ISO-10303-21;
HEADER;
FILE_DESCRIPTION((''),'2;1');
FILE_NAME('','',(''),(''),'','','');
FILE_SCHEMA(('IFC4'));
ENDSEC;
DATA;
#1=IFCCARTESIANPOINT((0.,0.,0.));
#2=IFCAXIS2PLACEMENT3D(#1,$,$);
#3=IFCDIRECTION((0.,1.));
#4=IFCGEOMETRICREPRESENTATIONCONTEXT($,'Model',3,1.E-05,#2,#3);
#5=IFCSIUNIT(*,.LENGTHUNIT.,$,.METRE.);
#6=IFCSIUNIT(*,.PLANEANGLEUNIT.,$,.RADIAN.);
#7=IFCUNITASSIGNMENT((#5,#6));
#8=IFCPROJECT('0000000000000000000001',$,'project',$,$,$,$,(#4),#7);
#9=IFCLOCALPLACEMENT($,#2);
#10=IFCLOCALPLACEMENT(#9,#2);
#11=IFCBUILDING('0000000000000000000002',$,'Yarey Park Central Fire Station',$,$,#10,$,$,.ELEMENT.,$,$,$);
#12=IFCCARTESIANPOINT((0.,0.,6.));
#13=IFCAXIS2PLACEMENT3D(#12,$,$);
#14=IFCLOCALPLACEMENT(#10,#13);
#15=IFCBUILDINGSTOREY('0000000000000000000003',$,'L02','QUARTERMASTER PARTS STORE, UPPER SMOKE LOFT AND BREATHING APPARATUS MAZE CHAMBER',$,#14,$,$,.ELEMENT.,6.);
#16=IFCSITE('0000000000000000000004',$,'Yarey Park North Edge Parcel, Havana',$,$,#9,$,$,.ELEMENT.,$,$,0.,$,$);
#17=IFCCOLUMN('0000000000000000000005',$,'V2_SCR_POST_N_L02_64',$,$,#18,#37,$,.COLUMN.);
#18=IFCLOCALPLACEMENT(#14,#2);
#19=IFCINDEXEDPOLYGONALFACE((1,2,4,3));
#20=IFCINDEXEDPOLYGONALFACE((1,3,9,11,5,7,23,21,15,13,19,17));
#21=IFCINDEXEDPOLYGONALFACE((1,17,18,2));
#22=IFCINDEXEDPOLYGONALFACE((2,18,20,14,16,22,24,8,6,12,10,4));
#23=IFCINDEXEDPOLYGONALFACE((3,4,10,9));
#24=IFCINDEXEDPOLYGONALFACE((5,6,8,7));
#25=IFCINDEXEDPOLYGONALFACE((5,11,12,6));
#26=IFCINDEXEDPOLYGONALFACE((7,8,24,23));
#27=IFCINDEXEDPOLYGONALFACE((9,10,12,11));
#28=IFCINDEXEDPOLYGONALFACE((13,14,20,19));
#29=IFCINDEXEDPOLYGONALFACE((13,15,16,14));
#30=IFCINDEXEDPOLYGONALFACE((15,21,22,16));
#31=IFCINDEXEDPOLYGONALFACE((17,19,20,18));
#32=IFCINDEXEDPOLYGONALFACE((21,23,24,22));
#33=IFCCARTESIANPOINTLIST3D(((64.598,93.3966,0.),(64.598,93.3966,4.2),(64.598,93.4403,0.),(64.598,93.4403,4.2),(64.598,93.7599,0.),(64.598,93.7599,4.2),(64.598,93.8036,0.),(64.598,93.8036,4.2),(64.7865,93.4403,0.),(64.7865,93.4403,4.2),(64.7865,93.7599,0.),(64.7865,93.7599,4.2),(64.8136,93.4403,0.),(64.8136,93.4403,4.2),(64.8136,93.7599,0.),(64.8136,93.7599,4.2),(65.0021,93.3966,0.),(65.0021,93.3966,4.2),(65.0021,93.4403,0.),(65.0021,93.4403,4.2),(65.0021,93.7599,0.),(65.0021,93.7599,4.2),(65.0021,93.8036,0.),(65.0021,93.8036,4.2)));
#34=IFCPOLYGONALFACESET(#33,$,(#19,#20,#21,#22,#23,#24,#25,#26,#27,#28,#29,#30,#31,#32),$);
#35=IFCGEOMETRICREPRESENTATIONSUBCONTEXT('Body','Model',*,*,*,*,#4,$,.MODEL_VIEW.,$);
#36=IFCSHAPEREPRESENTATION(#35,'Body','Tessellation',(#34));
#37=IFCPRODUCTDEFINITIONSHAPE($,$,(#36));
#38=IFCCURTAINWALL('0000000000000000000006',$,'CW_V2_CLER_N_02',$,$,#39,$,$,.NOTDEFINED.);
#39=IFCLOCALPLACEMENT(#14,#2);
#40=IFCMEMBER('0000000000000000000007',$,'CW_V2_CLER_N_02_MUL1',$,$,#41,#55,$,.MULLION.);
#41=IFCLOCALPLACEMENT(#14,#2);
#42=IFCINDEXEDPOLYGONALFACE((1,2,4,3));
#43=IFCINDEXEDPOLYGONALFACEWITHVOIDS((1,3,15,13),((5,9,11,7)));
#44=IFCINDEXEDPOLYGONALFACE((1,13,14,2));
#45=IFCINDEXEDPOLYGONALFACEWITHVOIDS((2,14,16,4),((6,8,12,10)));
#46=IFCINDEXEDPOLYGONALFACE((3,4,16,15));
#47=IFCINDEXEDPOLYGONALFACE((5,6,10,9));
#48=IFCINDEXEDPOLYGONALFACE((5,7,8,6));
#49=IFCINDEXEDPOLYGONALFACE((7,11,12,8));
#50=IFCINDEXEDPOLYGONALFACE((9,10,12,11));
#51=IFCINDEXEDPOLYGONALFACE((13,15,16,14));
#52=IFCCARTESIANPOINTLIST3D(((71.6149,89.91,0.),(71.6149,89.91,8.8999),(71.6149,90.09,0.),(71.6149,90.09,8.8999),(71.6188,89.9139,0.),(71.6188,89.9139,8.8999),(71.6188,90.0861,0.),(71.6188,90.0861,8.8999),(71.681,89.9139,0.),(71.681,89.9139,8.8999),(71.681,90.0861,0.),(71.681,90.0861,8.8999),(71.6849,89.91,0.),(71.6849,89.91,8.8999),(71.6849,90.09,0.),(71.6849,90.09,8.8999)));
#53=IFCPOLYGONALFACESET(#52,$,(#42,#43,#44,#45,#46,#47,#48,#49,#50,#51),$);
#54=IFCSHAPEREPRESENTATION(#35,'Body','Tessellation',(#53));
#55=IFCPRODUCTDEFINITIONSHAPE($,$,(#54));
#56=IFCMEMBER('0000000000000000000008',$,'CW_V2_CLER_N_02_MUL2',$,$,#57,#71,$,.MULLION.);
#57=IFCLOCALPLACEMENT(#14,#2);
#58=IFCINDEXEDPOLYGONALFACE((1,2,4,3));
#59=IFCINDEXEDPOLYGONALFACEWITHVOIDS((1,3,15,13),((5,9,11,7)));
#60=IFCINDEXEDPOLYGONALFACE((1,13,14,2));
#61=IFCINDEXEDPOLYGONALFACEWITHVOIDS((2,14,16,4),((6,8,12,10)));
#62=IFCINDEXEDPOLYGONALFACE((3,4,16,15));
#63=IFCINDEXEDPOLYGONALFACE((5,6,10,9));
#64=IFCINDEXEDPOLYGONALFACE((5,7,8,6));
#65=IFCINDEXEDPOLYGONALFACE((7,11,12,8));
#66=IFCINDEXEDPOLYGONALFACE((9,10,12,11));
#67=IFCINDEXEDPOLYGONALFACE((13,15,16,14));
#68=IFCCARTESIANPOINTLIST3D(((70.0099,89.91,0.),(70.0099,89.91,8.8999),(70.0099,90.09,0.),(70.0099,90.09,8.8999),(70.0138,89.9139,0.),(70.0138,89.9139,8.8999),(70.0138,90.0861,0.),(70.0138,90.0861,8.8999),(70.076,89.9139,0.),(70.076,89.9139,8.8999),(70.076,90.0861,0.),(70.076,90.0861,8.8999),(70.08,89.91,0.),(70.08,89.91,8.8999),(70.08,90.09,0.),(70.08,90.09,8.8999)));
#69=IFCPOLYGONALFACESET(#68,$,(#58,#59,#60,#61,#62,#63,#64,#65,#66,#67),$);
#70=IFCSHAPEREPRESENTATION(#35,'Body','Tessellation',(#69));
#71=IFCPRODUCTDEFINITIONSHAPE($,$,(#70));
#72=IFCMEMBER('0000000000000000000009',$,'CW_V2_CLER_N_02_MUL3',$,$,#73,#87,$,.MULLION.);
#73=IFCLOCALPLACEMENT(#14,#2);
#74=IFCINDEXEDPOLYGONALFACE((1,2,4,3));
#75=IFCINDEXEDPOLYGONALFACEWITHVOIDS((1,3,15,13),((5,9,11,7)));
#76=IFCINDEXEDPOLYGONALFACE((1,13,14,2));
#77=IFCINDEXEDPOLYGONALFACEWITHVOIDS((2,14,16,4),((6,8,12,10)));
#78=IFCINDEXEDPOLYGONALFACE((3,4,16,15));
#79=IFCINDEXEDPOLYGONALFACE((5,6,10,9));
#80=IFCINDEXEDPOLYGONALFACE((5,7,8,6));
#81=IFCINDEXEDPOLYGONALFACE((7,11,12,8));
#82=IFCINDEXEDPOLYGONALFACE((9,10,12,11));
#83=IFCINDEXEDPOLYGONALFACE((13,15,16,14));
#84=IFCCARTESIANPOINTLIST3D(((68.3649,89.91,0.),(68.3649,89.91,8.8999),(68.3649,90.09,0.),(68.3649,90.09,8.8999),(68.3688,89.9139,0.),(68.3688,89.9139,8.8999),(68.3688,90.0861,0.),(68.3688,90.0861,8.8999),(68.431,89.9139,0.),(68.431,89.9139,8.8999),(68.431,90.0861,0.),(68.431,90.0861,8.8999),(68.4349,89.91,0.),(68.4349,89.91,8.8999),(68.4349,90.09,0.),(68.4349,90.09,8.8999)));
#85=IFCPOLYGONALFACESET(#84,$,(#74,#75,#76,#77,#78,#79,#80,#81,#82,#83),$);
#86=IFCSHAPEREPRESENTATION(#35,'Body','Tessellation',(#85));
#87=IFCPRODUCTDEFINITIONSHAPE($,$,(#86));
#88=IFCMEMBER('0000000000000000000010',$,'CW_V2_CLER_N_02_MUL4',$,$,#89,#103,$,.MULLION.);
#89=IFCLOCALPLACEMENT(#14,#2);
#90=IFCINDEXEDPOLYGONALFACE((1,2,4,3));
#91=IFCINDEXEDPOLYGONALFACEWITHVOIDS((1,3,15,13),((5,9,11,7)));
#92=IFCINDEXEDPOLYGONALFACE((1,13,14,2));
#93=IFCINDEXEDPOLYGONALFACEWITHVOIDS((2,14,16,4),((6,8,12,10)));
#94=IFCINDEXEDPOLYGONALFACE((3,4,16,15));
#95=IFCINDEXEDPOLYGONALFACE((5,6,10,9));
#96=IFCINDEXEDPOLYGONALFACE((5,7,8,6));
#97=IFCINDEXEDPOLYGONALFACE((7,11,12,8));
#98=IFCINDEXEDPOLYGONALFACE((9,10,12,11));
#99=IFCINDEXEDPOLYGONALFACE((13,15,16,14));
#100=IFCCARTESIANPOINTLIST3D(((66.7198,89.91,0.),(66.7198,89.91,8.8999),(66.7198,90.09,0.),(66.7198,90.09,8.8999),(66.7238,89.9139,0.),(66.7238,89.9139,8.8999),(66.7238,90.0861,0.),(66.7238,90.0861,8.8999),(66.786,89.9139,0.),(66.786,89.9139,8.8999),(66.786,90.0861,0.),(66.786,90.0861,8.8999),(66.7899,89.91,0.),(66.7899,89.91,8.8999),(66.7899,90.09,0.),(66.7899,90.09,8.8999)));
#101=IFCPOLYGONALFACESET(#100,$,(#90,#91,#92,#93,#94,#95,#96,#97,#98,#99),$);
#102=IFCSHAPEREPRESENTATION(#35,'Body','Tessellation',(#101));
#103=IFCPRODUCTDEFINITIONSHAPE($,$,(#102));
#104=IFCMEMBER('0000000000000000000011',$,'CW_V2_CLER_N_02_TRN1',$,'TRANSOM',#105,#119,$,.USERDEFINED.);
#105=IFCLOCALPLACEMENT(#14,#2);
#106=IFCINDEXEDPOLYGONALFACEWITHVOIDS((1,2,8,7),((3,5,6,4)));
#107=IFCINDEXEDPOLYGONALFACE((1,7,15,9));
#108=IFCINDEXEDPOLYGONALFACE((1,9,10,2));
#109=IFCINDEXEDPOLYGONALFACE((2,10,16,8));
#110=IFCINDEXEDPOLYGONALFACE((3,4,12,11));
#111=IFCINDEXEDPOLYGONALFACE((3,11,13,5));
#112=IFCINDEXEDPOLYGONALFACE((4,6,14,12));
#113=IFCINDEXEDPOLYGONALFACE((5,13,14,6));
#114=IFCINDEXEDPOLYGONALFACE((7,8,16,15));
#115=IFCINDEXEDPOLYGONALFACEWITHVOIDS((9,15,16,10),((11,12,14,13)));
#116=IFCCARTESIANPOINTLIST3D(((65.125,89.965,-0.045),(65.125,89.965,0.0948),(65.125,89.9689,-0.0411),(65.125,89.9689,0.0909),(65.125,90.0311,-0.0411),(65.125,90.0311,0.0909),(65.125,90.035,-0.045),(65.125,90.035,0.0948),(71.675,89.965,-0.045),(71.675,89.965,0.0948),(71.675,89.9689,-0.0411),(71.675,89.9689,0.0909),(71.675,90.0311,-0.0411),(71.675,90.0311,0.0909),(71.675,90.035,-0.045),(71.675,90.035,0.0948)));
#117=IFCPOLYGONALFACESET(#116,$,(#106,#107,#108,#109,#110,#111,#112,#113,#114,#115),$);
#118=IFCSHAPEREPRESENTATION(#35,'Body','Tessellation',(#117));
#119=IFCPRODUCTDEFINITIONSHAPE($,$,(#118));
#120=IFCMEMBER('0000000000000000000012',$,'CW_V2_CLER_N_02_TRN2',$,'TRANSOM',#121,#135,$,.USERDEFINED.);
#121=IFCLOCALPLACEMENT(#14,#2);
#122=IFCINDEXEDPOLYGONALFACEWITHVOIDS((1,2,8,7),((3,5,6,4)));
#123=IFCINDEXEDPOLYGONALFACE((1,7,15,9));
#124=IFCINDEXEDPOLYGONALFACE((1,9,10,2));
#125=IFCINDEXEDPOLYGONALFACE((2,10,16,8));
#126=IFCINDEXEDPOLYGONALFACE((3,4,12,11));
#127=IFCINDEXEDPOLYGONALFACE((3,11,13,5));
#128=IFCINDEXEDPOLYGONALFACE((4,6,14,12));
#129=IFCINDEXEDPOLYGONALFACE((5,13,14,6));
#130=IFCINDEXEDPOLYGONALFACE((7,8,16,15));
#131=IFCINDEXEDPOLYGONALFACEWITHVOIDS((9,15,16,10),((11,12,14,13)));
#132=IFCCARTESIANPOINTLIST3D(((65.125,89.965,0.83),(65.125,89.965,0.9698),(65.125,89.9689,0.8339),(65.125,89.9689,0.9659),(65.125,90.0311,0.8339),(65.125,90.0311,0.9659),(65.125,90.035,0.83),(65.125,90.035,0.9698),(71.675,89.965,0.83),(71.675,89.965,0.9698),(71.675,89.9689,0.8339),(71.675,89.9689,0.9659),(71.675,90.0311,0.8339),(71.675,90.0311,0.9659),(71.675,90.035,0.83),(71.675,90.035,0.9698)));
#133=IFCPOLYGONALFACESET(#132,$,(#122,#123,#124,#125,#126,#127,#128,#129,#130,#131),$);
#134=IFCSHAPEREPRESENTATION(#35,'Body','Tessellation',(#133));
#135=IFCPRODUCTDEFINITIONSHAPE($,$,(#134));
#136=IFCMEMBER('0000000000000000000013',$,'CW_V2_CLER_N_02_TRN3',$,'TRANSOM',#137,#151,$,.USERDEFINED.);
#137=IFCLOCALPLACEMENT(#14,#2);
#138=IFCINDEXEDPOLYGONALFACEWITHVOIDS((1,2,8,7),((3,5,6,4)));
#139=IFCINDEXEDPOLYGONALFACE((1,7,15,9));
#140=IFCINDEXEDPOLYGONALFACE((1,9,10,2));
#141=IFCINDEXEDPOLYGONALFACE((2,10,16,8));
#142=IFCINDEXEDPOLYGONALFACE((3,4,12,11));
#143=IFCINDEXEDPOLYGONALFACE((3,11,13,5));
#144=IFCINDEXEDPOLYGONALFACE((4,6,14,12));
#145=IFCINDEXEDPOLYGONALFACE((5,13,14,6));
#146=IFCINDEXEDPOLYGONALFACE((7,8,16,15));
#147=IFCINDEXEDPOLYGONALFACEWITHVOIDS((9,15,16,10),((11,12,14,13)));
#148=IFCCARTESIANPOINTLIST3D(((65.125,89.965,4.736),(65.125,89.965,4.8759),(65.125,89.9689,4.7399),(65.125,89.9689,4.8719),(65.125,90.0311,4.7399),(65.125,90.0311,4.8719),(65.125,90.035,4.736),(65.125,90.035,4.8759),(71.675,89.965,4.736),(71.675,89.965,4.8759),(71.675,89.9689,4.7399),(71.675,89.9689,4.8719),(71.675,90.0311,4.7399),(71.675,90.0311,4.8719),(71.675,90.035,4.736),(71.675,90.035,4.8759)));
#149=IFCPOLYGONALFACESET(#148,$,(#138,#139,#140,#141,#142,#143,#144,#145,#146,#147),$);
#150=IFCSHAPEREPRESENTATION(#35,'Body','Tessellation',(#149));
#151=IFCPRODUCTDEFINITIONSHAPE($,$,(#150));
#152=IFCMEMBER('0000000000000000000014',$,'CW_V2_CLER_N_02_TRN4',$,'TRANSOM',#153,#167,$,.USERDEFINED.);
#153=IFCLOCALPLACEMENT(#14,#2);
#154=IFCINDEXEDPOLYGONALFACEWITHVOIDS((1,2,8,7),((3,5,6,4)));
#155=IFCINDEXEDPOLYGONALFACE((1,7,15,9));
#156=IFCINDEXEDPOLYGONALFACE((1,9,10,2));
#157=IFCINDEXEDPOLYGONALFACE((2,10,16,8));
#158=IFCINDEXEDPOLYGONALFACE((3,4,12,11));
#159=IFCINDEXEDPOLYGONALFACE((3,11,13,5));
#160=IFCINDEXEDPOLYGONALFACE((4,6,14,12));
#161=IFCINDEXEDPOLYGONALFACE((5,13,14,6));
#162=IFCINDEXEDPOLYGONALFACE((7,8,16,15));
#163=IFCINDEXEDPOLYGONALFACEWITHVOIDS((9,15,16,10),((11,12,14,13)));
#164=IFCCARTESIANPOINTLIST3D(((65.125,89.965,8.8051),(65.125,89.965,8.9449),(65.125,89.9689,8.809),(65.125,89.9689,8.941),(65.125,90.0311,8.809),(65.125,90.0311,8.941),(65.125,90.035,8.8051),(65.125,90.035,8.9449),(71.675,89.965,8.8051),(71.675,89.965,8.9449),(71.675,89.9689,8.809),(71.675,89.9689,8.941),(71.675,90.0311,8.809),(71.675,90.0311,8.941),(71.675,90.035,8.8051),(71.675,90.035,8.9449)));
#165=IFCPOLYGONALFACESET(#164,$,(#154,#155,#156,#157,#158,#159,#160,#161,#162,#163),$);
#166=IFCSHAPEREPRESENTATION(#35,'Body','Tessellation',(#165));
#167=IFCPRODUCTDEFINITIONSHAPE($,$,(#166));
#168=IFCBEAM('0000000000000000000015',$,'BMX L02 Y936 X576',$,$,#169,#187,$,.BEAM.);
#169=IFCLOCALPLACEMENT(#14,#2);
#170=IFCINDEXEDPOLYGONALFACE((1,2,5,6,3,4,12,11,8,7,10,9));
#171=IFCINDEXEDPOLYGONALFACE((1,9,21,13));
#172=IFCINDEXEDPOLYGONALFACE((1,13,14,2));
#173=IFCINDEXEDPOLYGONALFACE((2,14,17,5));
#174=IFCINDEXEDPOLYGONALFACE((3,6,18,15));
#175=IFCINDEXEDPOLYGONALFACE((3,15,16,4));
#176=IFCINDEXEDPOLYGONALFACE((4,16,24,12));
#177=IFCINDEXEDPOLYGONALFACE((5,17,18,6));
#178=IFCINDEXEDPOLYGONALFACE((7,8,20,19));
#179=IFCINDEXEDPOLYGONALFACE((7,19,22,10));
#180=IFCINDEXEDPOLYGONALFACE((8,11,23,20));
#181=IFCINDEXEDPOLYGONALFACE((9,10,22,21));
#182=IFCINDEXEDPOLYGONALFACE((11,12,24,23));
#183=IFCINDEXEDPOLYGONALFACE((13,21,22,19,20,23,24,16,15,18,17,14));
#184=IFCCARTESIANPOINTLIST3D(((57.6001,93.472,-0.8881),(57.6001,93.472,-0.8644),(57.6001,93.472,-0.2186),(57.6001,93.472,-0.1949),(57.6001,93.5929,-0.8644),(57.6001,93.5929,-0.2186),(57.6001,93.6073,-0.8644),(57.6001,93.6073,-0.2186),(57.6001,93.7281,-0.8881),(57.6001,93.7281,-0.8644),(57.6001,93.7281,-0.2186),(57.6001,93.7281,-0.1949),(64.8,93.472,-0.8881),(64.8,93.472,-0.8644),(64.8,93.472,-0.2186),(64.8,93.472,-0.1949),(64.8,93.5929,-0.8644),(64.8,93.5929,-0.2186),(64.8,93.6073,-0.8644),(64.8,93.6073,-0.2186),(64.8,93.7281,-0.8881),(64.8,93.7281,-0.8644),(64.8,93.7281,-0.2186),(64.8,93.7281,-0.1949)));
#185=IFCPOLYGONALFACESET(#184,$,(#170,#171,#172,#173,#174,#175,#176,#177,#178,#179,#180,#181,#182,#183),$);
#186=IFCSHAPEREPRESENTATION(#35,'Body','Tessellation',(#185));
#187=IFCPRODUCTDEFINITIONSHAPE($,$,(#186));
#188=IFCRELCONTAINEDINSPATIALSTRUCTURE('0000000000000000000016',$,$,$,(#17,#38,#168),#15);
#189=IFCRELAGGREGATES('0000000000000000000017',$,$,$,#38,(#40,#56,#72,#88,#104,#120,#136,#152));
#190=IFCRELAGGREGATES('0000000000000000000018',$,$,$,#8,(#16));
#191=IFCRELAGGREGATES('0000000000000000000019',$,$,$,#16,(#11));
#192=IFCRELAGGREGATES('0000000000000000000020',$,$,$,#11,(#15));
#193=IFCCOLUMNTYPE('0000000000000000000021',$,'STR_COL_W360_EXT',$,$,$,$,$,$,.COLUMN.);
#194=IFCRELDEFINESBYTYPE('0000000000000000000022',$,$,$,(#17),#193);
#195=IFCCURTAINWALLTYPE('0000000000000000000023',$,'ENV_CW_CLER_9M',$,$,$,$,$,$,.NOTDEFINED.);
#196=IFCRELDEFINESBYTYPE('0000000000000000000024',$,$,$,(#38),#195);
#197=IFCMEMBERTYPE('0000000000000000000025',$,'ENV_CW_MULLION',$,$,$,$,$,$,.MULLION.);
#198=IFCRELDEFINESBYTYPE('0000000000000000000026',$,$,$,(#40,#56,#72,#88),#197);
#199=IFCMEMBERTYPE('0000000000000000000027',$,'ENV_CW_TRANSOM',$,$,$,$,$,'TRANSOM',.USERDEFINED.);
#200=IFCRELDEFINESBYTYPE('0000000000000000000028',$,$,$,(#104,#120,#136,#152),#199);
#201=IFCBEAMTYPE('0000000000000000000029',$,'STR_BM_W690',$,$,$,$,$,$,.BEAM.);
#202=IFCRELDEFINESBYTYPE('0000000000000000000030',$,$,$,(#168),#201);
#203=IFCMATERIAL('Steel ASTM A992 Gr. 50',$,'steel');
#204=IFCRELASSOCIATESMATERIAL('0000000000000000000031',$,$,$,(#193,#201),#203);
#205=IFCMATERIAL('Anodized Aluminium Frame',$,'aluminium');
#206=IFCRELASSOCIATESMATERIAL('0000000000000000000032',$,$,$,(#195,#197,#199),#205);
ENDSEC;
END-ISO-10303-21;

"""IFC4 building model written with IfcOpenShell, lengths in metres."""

from ifc_helpers import new_model, si_unit, direction, frame, origin, origin_2d, place, context, subcontext, project, spatial, hollow_rectangle, i_section, extrude, material, material_profile, profile_set, type_object, element, aggregate, save


model = new_model("IFC4")

# Units and contexts
model_context = context("Model", 3, precision=1e-05, world=origin(), true_north=direction((0.0, 1.0)))
body_context = subcontext(model_context, "Body", "Model", "MODEL_VIEW")
ifc_project = project(units=[si_unit("LENGTHUNIT", "METRE"), si_unit("PLANEANGLEUNIT", "RADIAN")], contexts=[model_context])

# Site, building, storey
site_placement = place(None, origin())
site = spatial("IfcSite", under=ifc_project, at=site_placement, Name="Yarey Park North Edge Parcel, Havana", CompositionType="ELEMENT", RefElevation=0.0)
building_placement = place(site_placement, origin())
building = spatial("IfcBuilding", under=site, at=building_placement, Name="Yarey Park Central Fire Station", CompositionType="ELEMENT")
storey_placement = place(building_placement, frame((0.0, 0.0, 6.0)))
storey = spatial("IfcBuildingStorey", under=building, at=storey_placement, Name="L02", Description="QUARTERMASTER PARTS STORE, UPPER SMOKE LOFT AND BREATHING APPARATUS MAZE CHAMBER", CompositionType="ELEMENT", Elevation=6.0)

# Column
ifc_material_1 = material(Name="Steel ASTM A992 Gr. 50", Category="steel")
ifc_material_profile_1 = material_profile(ifc_material_1, i_section(OverallWidth=0.4041, OverallDepth=0.407, WebThickness=0.0271, FlangeThickness=0.0437, at=origin_2d()), Name="W360x347")
ifc_profile_set_1 = profile_set([ifc_material_profile_1], Name="Steel ASTM A992 Gr. 50")
column_type = type_object("IfcColumnType", Name="STR_COL_W360_EXT", PredefinedType="COLUMN", material=ifc_profile_set_1)
column_placement = place(storey_placement, frame((64.8, 93.6001, 0.0), z_axis=(0.0, 0.0, 1.0), x_axis=(1.0, 0.0, 0.0)))
element("IfcColumn", 1, at=column_placement, inside=storey, type_object=column_type, Name="V2_SCR_POST_N_L02_64", PredefinedType="COLUMN", context=body_context, shape_type="SweptSolid", body=[
    extrude(i_section(OverallWidth=0.4041, OverallDepth=0.407, WebThickness=0.0271, FlangeThickness=0.0437, at=origin_2d()), origin(), (0.0, 0.0, 1.0), 4.2),
])

# Curtain wall, members
ifc_material_2 = material(Name="Anodized Aluminium Frame", Category="aluminium")
curtain_wall_type = type_object("IfcCurtainWallType", Name="ENV_CW_CLER_9M", PredefinedType="NOTDEFINED", material=ifc_material_2)
curtain_wall_placement = place(storey_placement, origin())
curtain_wall = element("IfcCurtainWall", 2, at=curtain_wall_placement, inside=storey, type_object=curtain_wall_type, Name="CW_V2_CLER_N_02", PredefinedType="NOTDEFINED")
ifc_material_profile_2 = material_profile(ifc_material_2, hollow_rectangle(XDim=0.0701, YDim=0.1799, WallThickness=0.0039, at=origin_2d()), Name="ALU 180x70x4")
ifc_profile_set_2 = profile_set([ifc_material_profile_2], Name="Anodized Aluminium Frame")
member_type_1 = type_object("IfcMemberType", Name="ENV_CW_MULLION", PredefinedType="MULLION", material=ifc_profile_set_2)
member_1_placement = place(storey_placement, frame((71.6499, 90.0, 0.0), z_axis=(0.0, 0.0, 1.0), x_axis=(1.0, 0.0, 0.0)))
member_1 = element("IfcMember", 3, at=member_1_placement, type_object=member_type_1, Name="CW_V2_CLER_N_02_MUL1", PredefinedType="MULLION", context=body_context, shape_type="SweptSolid", body=[
    extrude(hollow_rectangle(XDim=0.0701, YDim=0.1799, WallThickness=0.0039, at=origin_2d()), origin(), (0.0, 0.0, 1.0), 8.8999),
])
member_2_placement = place(storey_placement, frame((70.0449, 90.0, 0.0), z_axis=(0.0, 0.0, 1.0), x_axis=(1.0, 0.0, 0.0)))
member_2 = element("IfcMember", 4, at=member_2_placement, type_object=member_type_1, Name="CW_V2_CLER_N_02_MUL2", PredefinedType="MULLION", context=body_context, shape_type="SweptSolid", body=[
    extrude(hollow_rectangle(XDim=0.0701, YDim=0.1799, WallThickness=0.0039, at=origin_2d()), origin(), (0.0, 0.0, 1.0), 8.8999),
])
member_3_placement = place(storey_placement, frame((68.3999, 90.0, 0.0), z_axis=(0.0, 0.0, 1.0), x_axis=(1.0, 0.0, 0.0)))
member_3 = element("IfcMember", 5, at=member_3_placement, type_object=member_type_1, Name="CW_V2_CLER_N_02_MUL3", PredefinedType="MULLION", context=body_context, shape_type="SweptSolid", body=[
    extrude(hollow_rectangle(XDim=0.0701, YDim=0.1799, WallThickness=0.0039, at=origin_2d()), origin(), (0.0, 0.0, 1.0), 8.8999),
])
member_4_placement = place(storey_placement, frame((66.7549, 90.0, 0.0), z_axis=(0.0, 0.0, 1.0), x_axis=(1.0, 0.0, 0.0)))
member_4 = element("IfcMember", 6, at=member_4_placement, type_object=member_type_1, Name="CW_V2_CLER_N_02_MUL4", PredefinedType="MULLION", context=body_context, shape_type="SweptSolid", body=[
    extrude(hollow_rectangle(XDim=0.0701, YDim=0.1799, WallThickness=0.0039, at=origin_2d()), origin(), (0.0, 0.0, 1.0), 8.8999),
])
ifc_material_profile_3 = material_profile(ifc_material_2, hollow_rectangle(XDim=0.0701, YDim=0.1399, WallThickness=0.0039, at=origin_2d()), Name="ALU 140x70x4")
ifc_profile_set_3 = profile_set([ifc_material_profile_3], Name="Anodized Aluminium Frame")
member_type_2 = type_object("IfcMemberType", Name="ENV_CW_TRANSOM", ElementType="TRANSOM", PredefinedType="USERDEFINED", material=ifc_profile_set_3)
member_5_placement = place(storey_placement, frame((71.675, 90.0, 0.0249), z_axis=(-1.0, 0.0, 0.0), x_axis=(0.0, -1.0, 0.0)))
member_5 = element("IfcMember", 7, at=member_5_placement, type_object=member_type_2, Name="CW_V2_CLER_N_02_TRN1", ObjectType="TRANSOM", PredefinedType="USERDEFINED", context=body_context, shape_type="SweptSolid", body=[
    extrude(hollow_rectangle(XDim=0.0701, YDim=0.1399, WallThickness=0.0039, at=origin_2d()), origin(), (0.0, 0.0, 1.0), 6.55),
])
member_6_placement = place(storey_placement, frame((71.675, 90.0, 0.8999), z_axis=(-1.0, 0.0, 0.0), x_axis=(0.0, -1.0, 0.0)))
member_6 = element("IfcMember", 8, at=member_6_placement, type_object=member_type_2, Name="CW_V2_CLER_N_02_TRN2", ObjectType="TRANSOM", PredefinedType="USERDEFINED", context=body_context, shape_type="SweptSolid", body=[
    extrude(hollow_rectangle(XDim=0.0701, YDim=0.1399, WallThickness=0.0039, at=origin_2d()), origin(), (0.0, 0.0, 1.0), 6.55),
])
member_7_placement = place(storey_placement, frame((71.675, 90.0, 4.8059), z_axis=(-1.0, 0.0, 0.0), x_axis=(0.0, -1.0, 0.0)))
member_7 = element("IfcMember", 9, at=member_7_placement, type_object=member_type_2, Name="CW_V2_CLER_N_02_TRN3", ObjectType="TRANSOM", PredefinedType="USERDEFINED", context=body_context, shape_type="SweptSolid", body=[
    extrude(hollow_rectangle(XDim=0.0701, YDim=0.1399, WallThickness=0.0039, at=origin_2d()), origin(), (0.0, 0.0, 1.0), 6.55),
])
member_8_placement = place(storey_placement, frame((71.675, 90.0, 8.875), z_axis=(-1.0, 0.0, 0.0), x_axis=(0.0, -1.0, 0.0)))
member_8 = element("IfcMember", 10, at=member_8_placement, type_object=member_type_2, Name="CW_V2_CLER_N_02_TRN4", ObjectType="TRANSOM", PredefinedType="USERDEFINED", context=body_context, shape_type="SweptSolid", body=[
    extrude(hollow_rectangle(XDim=0.0701, YDim=0.1399, WallThickness=0.0039, at=origin_2d()), origin(), (0.0, 0.0, 1.0), 6.55),
])

# Beam
ifc_material_profile_4 = material_profile(ifc_material_1, i_section(OverallWidth=0.2561, OverallDepth=0.6931, WebThickness=0.0144, FlangeThickness=0.0237, at=origin_2d()), Name="W690x170")
ifc_profile_set_4 = profile_set([ifc_material_profile_4], Name="Steel ASTM A992 Gr. 50")
beam_type = type_object("IfcBeamType", Name="STR_BM_W690", PredefinedType="BEAM", material=ifc_profile_set_4)
for number, where, z_axis, x_axis, name in (
    (11, (57.6001, 93.6001, -0.5415), (1.0, 0.0, 0.0), (0.0, 1.0, 0.0), "BMX L02 Y936 X576"),
):
    element("IfcBeam", number, at=place(storey_placement, frame(where, z_axis=z_axis, x_axis=x_axis)), inside=storey, type_object=beam_type, Name=name, PredefinedType="BEAM", context=body_context, shape_type="SweptSolid", body=[
        extrude(i_section(OverallWidth=0.2561, OverallDepth=0.6931, WebThickness=0.0144, FlangeThickness=0.0237, at=origin_2d()), origin(), (0.0, 0.0, 1.0), 7.2),
    ])

aggregate(curtain_wall, [member_1, member_2, member_3, member_4, member_5, member_6, member_7, member_8])

save(model, "model.ifc")
